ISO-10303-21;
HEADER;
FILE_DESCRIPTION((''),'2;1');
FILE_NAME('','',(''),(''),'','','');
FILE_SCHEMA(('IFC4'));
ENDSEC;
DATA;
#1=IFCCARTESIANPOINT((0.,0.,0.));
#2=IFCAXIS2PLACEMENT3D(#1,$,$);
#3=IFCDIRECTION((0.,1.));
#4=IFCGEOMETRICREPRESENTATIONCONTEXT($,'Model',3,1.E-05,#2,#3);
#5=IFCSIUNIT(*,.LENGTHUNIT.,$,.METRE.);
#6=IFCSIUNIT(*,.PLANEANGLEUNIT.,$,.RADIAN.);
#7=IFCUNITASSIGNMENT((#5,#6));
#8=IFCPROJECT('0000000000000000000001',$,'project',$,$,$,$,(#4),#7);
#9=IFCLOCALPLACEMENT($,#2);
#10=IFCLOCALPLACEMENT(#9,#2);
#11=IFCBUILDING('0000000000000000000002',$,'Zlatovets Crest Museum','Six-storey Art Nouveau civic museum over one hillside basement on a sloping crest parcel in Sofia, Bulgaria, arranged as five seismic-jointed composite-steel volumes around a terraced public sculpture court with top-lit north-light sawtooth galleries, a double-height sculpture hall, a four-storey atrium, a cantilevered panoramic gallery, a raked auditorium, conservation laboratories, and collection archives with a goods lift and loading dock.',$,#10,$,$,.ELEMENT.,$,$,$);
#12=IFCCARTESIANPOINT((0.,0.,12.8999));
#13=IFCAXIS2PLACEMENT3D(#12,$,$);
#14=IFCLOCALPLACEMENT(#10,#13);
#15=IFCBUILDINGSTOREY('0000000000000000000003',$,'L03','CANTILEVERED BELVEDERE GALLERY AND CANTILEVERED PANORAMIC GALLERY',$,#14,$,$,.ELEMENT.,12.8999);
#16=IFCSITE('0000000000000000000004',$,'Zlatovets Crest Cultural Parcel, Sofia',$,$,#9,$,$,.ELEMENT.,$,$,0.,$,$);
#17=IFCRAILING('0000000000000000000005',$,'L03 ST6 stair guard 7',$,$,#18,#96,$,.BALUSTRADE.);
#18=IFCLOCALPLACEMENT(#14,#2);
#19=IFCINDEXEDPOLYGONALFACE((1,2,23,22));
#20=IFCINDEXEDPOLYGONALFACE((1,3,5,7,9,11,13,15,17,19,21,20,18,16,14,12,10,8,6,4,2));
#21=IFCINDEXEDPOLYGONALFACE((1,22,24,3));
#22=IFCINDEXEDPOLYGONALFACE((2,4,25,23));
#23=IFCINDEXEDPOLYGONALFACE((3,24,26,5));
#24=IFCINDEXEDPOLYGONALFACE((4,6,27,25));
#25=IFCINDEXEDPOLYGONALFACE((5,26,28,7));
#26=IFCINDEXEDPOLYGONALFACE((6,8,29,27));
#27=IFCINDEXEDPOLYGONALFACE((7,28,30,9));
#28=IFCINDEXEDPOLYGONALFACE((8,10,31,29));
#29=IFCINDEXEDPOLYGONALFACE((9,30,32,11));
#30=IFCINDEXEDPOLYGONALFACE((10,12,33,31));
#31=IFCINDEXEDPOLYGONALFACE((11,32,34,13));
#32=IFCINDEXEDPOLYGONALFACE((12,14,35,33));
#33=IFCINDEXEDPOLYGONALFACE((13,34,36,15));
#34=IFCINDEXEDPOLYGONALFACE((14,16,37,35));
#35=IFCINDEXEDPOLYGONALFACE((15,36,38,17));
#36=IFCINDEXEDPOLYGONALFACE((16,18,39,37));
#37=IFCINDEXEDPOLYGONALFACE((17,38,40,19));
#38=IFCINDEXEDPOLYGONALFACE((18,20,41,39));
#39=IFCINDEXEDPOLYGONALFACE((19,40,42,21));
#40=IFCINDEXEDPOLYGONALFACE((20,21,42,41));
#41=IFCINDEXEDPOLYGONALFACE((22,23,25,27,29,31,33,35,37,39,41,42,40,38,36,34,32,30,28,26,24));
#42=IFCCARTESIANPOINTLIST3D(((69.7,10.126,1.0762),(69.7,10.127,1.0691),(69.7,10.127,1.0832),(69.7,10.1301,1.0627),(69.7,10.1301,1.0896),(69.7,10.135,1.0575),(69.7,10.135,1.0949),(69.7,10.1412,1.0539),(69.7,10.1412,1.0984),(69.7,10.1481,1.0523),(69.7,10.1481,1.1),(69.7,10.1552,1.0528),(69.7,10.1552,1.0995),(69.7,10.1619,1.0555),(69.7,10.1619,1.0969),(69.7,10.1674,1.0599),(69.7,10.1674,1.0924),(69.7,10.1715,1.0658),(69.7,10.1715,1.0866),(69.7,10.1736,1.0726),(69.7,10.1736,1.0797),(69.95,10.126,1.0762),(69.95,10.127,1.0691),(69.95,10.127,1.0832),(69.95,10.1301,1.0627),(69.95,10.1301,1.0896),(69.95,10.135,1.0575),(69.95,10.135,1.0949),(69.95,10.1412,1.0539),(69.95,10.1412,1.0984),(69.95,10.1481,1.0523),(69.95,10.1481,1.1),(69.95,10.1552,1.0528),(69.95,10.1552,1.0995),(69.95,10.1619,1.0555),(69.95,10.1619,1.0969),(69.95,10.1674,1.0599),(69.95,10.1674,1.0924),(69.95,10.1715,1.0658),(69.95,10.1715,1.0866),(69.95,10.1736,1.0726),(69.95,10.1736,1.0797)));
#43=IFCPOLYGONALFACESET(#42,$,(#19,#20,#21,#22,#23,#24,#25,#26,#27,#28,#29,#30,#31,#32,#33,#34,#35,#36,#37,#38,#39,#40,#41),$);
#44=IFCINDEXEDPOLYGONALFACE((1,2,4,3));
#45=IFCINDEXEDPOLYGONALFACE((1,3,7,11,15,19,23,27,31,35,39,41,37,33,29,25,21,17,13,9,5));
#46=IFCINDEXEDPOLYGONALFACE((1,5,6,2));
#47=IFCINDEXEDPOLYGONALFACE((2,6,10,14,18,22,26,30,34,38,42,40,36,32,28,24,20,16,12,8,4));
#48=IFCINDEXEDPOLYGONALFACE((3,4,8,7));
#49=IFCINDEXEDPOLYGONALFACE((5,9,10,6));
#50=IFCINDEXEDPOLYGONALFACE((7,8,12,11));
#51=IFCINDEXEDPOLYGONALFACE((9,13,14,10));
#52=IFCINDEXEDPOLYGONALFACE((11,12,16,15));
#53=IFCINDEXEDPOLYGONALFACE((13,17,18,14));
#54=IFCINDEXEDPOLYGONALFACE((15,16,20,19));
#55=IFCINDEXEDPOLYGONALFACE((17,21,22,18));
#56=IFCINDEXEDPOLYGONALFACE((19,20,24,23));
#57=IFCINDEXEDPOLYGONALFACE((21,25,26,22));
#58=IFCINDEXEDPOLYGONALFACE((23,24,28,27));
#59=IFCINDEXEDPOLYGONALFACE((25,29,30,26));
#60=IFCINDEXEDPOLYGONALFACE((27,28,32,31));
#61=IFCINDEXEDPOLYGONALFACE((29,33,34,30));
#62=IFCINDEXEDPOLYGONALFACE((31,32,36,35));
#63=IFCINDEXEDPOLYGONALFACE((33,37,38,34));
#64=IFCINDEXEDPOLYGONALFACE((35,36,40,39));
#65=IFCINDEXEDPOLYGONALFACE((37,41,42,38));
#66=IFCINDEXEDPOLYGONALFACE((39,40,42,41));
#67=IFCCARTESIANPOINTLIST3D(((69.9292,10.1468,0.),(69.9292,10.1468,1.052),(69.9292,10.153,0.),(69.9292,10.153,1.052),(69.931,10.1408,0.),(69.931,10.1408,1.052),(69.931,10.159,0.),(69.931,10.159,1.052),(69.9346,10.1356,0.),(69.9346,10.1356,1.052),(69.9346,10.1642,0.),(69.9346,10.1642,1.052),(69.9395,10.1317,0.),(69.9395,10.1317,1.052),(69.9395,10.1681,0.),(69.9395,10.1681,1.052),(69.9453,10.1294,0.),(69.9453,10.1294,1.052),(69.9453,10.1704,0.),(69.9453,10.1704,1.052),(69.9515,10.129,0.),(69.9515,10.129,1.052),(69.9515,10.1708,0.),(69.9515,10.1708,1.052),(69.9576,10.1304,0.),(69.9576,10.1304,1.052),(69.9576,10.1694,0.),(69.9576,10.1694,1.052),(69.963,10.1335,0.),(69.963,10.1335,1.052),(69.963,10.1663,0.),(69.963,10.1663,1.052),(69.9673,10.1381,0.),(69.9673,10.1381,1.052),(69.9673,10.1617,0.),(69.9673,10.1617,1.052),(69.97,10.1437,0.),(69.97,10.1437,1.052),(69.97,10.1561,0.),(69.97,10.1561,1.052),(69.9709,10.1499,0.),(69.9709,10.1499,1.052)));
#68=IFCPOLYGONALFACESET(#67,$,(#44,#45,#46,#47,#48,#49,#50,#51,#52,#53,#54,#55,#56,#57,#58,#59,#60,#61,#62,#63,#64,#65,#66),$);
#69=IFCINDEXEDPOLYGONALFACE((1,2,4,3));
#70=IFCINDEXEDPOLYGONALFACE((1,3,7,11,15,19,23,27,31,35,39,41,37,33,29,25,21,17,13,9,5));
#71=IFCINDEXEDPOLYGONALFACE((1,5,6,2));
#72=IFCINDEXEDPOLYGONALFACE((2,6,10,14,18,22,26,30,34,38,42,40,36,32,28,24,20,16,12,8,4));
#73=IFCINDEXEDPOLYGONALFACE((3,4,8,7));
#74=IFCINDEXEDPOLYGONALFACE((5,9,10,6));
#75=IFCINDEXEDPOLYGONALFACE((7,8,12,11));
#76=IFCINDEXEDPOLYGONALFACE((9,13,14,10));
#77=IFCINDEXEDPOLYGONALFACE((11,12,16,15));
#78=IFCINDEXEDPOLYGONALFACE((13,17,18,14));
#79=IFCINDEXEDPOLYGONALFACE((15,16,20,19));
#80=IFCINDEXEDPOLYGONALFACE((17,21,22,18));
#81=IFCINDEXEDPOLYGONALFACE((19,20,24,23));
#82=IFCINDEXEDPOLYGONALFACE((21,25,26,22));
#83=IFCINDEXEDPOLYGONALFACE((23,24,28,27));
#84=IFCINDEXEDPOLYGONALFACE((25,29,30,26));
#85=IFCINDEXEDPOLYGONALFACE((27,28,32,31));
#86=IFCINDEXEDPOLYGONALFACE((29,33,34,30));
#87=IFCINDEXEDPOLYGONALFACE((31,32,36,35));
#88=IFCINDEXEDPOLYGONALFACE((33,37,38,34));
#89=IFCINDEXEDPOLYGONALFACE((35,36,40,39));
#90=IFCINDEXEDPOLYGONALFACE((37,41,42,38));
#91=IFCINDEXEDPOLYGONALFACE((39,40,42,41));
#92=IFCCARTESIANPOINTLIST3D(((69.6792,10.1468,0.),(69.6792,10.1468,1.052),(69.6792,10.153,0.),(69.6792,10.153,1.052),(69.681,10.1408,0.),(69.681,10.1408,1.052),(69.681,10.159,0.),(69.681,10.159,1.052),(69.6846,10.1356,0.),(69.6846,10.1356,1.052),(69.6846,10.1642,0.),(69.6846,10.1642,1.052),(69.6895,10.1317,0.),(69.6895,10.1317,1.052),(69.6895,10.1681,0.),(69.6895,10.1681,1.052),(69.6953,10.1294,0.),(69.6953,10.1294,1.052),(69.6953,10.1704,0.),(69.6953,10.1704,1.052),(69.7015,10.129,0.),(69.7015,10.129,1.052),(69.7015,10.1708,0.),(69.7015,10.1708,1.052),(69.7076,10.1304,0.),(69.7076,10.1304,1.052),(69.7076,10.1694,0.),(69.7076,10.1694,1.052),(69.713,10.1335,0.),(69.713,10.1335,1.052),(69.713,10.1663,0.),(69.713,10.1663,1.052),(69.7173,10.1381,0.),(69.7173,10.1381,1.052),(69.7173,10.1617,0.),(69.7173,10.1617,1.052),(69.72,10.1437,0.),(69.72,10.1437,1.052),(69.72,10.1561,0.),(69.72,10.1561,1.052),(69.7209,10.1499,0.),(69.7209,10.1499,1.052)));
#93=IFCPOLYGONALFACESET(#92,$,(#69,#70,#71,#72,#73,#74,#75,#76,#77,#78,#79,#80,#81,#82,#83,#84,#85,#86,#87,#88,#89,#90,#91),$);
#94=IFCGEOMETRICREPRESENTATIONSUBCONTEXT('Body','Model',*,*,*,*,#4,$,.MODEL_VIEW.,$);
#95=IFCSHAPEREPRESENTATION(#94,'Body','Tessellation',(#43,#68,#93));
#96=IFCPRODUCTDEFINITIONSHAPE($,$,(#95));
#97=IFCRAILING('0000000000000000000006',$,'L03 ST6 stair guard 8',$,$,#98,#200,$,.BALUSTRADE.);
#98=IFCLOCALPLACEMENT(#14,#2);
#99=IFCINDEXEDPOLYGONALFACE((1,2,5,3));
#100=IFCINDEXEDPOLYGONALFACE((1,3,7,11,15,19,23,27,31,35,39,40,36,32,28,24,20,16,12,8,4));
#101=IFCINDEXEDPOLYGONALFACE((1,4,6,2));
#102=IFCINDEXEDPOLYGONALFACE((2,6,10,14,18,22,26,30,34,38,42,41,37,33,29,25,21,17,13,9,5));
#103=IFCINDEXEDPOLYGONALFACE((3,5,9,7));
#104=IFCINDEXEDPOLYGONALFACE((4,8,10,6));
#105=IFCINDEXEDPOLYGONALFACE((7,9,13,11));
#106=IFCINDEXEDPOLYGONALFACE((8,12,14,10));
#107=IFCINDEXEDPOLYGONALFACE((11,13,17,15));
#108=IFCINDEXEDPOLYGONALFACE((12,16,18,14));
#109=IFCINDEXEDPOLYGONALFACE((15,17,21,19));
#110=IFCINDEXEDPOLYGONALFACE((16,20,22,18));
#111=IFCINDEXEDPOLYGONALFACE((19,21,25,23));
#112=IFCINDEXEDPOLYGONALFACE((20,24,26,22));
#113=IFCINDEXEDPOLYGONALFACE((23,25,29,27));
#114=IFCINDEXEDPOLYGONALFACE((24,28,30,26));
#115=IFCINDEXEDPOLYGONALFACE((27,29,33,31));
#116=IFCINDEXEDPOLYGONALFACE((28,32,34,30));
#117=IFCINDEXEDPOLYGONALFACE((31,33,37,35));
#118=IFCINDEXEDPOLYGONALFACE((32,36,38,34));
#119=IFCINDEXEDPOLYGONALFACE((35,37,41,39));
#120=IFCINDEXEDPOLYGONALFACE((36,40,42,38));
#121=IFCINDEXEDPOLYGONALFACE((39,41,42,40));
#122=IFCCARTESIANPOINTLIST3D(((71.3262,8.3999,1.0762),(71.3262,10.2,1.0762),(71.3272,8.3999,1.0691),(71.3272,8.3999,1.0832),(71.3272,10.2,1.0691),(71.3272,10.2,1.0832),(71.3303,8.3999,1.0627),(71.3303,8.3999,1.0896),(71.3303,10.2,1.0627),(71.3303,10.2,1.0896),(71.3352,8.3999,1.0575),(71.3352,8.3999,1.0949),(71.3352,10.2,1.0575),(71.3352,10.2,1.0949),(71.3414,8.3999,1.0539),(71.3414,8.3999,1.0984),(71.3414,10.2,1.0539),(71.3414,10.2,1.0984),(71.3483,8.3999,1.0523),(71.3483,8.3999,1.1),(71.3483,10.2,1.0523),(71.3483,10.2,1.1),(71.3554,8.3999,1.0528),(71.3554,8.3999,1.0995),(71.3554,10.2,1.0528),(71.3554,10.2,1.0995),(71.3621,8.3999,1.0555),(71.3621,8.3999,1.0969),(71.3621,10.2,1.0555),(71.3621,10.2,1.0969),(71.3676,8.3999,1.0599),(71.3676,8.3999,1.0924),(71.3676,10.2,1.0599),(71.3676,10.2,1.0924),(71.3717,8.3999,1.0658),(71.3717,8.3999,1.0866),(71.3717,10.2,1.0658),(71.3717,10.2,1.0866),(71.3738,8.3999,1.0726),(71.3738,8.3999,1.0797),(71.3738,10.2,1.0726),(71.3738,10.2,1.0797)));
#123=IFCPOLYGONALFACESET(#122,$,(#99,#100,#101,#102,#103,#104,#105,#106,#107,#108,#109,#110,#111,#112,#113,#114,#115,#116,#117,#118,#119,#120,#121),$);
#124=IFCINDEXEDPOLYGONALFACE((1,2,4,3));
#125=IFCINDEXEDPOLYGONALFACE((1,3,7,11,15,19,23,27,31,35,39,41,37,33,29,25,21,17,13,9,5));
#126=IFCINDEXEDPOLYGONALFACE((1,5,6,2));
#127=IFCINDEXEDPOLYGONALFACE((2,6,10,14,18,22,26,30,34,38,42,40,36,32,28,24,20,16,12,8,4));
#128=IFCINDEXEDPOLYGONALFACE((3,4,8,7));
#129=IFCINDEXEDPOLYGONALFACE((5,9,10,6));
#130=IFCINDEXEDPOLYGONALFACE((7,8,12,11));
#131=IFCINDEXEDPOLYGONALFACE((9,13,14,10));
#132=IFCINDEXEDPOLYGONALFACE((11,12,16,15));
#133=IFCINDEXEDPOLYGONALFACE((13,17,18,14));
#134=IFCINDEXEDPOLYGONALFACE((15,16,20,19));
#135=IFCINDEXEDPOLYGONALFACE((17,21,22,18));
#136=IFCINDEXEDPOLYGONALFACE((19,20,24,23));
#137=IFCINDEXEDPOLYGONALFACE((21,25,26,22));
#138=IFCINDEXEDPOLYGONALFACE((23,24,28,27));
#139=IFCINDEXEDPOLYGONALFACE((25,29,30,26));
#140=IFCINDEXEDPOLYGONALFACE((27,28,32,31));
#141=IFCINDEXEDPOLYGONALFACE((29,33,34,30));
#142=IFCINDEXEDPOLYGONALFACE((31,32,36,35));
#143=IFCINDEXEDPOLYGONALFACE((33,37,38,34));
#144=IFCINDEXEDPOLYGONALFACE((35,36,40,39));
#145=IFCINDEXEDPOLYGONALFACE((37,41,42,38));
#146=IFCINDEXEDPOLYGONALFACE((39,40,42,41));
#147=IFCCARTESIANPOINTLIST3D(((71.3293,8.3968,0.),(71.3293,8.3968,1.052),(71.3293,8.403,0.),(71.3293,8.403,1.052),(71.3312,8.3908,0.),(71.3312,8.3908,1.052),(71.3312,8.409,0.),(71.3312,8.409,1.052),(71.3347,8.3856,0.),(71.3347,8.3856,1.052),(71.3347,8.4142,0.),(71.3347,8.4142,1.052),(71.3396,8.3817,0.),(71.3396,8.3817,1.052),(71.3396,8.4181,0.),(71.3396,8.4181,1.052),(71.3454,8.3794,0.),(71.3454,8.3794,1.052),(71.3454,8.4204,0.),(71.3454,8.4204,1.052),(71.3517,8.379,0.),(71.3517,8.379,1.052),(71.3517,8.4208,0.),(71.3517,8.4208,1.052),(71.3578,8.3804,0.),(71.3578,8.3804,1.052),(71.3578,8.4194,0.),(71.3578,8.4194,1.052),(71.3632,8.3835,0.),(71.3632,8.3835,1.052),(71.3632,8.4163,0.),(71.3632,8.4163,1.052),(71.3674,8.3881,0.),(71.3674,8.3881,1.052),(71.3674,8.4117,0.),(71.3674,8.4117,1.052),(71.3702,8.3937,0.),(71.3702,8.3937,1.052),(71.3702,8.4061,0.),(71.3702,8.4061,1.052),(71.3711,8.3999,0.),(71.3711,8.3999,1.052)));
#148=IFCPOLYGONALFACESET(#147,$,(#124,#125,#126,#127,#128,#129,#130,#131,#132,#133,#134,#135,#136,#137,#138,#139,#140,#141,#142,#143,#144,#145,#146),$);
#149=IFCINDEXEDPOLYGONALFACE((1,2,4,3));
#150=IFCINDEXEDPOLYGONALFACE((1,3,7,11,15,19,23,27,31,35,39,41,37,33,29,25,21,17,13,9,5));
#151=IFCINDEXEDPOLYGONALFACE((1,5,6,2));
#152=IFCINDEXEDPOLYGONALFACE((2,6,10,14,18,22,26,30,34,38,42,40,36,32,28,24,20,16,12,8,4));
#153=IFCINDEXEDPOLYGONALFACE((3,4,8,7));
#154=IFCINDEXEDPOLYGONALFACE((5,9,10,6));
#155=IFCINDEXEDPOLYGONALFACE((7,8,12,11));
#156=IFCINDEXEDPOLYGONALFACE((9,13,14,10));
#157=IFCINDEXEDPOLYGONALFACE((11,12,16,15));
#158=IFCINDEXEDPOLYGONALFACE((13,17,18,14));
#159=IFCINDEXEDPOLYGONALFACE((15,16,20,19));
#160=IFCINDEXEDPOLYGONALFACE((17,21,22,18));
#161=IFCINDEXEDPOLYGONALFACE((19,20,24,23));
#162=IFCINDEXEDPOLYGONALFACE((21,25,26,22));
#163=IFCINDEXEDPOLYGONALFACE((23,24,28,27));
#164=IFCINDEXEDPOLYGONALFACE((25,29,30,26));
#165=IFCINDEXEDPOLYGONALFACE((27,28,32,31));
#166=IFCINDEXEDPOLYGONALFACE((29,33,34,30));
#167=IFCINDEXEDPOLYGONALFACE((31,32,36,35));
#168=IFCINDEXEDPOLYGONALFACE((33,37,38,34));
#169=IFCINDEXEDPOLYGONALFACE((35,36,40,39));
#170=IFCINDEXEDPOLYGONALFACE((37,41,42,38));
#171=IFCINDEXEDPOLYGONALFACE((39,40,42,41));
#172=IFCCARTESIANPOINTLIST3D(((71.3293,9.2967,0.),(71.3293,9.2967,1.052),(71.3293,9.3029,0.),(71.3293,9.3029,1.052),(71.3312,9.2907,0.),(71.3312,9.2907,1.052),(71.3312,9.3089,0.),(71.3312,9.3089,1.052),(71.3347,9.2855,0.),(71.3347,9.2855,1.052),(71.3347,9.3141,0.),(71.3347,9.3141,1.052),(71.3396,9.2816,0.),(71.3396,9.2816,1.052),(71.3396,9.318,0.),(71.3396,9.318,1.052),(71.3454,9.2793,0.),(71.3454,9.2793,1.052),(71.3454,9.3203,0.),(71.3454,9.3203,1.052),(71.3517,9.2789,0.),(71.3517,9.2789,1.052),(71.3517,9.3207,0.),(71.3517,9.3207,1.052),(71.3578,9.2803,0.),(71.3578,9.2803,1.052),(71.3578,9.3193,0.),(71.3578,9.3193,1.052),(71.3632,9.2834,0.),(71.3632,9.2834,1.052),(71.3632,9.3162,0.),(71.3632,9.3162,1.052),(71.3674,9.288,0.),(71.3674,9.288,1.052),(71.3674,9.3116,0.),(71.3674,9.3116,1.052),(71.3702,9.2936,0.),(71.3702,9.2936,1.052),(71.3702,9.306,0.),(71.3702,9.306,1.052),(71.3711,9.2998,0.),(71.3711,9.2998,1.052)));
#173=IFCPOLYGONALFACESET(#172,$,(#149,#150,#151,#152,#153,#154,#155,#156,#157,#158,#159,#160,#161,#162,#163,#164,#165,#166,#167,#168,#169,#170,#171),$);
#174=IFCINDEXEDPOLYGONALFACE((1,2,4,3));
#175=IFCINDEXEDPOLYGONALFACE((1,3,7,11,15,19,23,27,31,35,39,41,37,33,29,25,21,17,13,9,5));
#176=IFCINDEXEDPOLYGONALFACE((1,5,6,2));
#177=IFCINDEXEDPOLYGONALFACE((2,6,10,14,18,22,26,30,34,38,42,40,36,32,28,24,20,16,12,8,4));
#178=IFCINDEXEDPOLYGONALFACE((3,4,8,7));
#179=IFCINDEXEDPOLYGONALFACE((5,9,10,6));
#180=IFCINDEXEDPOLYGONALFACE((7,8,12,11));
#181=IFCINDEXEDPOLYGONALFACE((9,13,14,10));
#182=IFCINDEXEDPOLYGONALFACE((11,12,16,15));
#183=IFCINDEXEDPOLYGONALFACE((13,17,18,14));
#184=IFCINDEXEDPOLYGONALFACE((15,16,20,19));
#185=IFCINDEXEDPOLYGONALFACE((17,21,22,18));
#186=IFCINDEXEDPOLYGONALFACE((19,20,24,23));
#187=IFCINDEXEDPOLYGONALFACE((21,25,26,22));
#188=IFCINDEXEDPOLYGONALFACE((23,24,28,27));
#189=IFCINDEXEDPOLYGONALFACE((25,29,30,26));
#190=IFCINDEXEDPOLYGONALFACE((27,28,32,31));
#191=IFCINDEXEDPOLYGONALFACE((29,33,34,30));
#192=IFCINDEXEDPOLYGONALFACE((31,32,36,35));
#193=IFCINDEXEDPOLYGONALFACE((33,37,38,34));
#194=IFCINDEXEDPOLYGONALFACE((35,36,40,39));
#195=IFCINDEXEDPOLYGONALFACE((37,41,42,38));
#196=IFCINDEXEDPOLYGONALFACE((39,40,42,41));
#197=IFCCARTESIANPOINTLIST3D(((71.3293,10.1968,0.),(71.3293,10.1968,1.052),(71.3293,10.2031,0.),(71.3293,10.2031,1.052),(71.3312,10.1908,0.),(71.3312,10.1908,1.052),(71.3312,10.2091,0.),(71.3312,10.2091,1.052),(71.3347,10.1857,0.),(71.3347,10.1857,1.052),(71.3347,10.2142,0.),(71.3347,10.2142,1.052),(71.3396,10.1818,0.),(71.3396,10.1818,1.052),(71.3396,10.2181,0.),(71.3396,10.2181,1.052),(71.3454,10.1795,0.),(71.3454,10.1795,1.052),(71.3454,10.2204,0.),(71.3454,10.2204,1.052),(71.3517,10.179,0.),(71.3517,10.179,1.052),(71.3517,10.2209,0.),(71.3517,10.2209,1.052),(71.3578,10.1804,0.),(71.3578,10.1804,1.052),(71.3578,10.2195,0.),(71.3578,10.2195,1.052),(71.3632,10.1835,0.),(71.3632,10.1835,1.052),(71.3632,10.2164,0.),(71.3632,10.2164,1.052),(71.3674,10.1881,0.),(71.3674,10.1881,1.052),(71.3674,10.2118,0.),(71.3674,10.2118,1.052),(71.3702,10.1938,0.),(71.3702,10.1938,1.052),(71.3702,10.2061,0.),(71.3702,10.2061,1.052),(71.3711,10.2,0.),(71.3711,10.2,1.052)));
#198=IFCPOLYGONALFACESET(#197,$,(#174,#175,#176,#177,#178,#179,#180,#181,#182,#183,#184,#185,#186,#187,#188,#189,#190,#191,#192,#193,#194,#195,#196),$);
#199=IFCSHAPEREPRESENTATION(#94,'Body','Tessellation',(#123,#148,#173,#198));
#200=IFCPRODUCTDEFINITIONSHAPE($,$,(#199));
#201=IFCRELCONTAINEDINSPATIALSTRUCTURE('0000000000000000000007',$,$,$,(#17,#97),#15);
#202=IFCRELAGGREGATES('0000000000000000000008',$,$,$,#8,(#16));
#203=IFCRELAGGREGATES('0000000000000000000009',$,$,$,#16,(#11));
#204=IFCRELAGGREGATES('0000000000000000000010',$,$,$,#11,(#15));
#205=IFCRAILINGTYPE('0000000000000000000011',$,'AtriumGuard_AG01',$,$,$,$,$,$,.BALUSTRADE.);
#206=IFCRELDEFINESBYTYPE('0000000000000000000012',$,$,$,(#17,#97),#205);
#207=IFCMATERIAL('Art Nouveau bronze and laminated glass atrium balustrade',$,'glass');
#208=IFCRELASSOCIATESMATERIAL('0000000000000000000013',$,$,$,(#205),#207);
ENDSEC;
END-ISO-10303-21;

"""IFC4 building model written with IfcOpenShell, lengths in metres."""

from ifc_helpers import new_model, si_unit, direction, frame, origin, origin_2d, place, context, subcontext, project, spatial, circle, extrude, material, type_object, element, save


model = new_model("IFC4")

# Units and contexts
model_context = context("Model", 3, precision=1e-05, world=origin(), true_north=direction((0.0, 1.0)))
body_context = subcontext(model_context, "Body", "Model", "MODEL_VIEW")
ifc_project = project(units=[si_unit("LENGTHUNIT", "METRE"), si_unit("PLANEANGLEUNIT", "RADIAN")], contexts=[model_context])

# Site, building, storey
site_placement = place(None, origin())
site = spatial("IfcSite", under=ifc_project, at=site_placement, Name="Zlatovets Crest Cultural Parcel, Sofia", CompositionType="ELEMENT", RefElevation=0.0)
building_placement = place(site_placement, origin())
building = spatial("IfcBuilding", under=site, at=building_placement, Name="Zlatovets Crest Museum", Description="Six-storey Art Nouveau civic museum over one hillside basement on a sloping crest parcel in Sofia, Bulgaria, arranged as five seismic-jointed composite-steel volumes around a terraced public sculpture court with top-lit north-light sawtooth galleries, a double-height sculpture hall, a four-storey atrium, a cantilevered panoramic gallery, a raked auditorium, conservation laboratories, and collection archives with a goods lift and loading dock.", CompositionType="ELEMENT")
storey_placement = place(building_placement, frame((0.0, 0.0, 12.8999)))
storey = spatial("IfcBuildingStorey", under=building, at=storey_placement, Name="L03", Description="CANTILEVERED BELVEDERE GALLERY AND CANTILEVERED PANORAMIC GALLERY", CompositionType="ELEMENT", Elevation=12.8999)

# Railings
ifc_material_1 = material(Name="Art Nouveau bronze and laminated glass atrium balustrade", Category="glass")
railing_type_1 = type_object("IfcRailingType", Name="AtriumGuard_AG01", PredefinedType="BALUSTRADE", material=ifc_material_1)
railing_1_placement = place(storey_placement, frame((69.95, 10.1499, 0.0)))
element("IfcRailing", 1, at=railing_1_placement, inside=storey, type_object=railing_type_1, Name="L03 ST6 stair guard 7", PredefinedType="BALUSTRADE", context=body_context, shape_type="SweptSolid", body=[
    extrude(circle(Radius=0.0239, at=origin_2d()), frame((0.0, 0.0, 1.0762), z_axis=(-1.0, 0.0, 0.0), x_axis=(0.0, -1.0, 0.0)), (0.0, 0.0, 1.0), 0.25),
    extrude(circle(Radius=0.021, at=origin_2d()), origin(), (0.0, 0.0, 1.0), 1.052),
    extrude(circle(Radius=0.021, at=origin_2d()), frame((-0.25, 0.0, 0.0)), (0.0, 0.0, 1.0), 1.052),
])
for number, where, name in (
    (2, (71.3501, 8.3999, 0.0), "L03 ST6 stair guard 8"),
):
    element("IfcRailing", number, at=place(storey_placement, frame(where)), inside=storey, type_object=railing_type_1, Name=name, PredefinedType="BALUSTRADE", context=body_context, shape_type="SweptSolid", body=[
        extrude(circle(Radius=0.0239, at=origin_2d()), frame((0.0, 0.0, 1.0762), z_axis=(0.0, 1.0, 0.0), x_axis=(-1.0, 0.0, 0.0)), (0.0, 0.0, 1.0), 1.8),
        extrude(circle(Radius=0.021, at=origin_2d()), origin(), (0.0, 0.0, 1.0), 1.052),
        extrude(circle(Radius=0.021, at=origin_2d()), frame((0.0, 0.8999, 0.0)), (0.0, 0.0, 1.0), 1.052),
        extrude(circle(Radius=0.021, at=origin_2d()), frame((0.0, 1.8, 0.0)), (0.0, 0.0, 1.0), 1.052),
    ])

save(model, "model.ifc")
